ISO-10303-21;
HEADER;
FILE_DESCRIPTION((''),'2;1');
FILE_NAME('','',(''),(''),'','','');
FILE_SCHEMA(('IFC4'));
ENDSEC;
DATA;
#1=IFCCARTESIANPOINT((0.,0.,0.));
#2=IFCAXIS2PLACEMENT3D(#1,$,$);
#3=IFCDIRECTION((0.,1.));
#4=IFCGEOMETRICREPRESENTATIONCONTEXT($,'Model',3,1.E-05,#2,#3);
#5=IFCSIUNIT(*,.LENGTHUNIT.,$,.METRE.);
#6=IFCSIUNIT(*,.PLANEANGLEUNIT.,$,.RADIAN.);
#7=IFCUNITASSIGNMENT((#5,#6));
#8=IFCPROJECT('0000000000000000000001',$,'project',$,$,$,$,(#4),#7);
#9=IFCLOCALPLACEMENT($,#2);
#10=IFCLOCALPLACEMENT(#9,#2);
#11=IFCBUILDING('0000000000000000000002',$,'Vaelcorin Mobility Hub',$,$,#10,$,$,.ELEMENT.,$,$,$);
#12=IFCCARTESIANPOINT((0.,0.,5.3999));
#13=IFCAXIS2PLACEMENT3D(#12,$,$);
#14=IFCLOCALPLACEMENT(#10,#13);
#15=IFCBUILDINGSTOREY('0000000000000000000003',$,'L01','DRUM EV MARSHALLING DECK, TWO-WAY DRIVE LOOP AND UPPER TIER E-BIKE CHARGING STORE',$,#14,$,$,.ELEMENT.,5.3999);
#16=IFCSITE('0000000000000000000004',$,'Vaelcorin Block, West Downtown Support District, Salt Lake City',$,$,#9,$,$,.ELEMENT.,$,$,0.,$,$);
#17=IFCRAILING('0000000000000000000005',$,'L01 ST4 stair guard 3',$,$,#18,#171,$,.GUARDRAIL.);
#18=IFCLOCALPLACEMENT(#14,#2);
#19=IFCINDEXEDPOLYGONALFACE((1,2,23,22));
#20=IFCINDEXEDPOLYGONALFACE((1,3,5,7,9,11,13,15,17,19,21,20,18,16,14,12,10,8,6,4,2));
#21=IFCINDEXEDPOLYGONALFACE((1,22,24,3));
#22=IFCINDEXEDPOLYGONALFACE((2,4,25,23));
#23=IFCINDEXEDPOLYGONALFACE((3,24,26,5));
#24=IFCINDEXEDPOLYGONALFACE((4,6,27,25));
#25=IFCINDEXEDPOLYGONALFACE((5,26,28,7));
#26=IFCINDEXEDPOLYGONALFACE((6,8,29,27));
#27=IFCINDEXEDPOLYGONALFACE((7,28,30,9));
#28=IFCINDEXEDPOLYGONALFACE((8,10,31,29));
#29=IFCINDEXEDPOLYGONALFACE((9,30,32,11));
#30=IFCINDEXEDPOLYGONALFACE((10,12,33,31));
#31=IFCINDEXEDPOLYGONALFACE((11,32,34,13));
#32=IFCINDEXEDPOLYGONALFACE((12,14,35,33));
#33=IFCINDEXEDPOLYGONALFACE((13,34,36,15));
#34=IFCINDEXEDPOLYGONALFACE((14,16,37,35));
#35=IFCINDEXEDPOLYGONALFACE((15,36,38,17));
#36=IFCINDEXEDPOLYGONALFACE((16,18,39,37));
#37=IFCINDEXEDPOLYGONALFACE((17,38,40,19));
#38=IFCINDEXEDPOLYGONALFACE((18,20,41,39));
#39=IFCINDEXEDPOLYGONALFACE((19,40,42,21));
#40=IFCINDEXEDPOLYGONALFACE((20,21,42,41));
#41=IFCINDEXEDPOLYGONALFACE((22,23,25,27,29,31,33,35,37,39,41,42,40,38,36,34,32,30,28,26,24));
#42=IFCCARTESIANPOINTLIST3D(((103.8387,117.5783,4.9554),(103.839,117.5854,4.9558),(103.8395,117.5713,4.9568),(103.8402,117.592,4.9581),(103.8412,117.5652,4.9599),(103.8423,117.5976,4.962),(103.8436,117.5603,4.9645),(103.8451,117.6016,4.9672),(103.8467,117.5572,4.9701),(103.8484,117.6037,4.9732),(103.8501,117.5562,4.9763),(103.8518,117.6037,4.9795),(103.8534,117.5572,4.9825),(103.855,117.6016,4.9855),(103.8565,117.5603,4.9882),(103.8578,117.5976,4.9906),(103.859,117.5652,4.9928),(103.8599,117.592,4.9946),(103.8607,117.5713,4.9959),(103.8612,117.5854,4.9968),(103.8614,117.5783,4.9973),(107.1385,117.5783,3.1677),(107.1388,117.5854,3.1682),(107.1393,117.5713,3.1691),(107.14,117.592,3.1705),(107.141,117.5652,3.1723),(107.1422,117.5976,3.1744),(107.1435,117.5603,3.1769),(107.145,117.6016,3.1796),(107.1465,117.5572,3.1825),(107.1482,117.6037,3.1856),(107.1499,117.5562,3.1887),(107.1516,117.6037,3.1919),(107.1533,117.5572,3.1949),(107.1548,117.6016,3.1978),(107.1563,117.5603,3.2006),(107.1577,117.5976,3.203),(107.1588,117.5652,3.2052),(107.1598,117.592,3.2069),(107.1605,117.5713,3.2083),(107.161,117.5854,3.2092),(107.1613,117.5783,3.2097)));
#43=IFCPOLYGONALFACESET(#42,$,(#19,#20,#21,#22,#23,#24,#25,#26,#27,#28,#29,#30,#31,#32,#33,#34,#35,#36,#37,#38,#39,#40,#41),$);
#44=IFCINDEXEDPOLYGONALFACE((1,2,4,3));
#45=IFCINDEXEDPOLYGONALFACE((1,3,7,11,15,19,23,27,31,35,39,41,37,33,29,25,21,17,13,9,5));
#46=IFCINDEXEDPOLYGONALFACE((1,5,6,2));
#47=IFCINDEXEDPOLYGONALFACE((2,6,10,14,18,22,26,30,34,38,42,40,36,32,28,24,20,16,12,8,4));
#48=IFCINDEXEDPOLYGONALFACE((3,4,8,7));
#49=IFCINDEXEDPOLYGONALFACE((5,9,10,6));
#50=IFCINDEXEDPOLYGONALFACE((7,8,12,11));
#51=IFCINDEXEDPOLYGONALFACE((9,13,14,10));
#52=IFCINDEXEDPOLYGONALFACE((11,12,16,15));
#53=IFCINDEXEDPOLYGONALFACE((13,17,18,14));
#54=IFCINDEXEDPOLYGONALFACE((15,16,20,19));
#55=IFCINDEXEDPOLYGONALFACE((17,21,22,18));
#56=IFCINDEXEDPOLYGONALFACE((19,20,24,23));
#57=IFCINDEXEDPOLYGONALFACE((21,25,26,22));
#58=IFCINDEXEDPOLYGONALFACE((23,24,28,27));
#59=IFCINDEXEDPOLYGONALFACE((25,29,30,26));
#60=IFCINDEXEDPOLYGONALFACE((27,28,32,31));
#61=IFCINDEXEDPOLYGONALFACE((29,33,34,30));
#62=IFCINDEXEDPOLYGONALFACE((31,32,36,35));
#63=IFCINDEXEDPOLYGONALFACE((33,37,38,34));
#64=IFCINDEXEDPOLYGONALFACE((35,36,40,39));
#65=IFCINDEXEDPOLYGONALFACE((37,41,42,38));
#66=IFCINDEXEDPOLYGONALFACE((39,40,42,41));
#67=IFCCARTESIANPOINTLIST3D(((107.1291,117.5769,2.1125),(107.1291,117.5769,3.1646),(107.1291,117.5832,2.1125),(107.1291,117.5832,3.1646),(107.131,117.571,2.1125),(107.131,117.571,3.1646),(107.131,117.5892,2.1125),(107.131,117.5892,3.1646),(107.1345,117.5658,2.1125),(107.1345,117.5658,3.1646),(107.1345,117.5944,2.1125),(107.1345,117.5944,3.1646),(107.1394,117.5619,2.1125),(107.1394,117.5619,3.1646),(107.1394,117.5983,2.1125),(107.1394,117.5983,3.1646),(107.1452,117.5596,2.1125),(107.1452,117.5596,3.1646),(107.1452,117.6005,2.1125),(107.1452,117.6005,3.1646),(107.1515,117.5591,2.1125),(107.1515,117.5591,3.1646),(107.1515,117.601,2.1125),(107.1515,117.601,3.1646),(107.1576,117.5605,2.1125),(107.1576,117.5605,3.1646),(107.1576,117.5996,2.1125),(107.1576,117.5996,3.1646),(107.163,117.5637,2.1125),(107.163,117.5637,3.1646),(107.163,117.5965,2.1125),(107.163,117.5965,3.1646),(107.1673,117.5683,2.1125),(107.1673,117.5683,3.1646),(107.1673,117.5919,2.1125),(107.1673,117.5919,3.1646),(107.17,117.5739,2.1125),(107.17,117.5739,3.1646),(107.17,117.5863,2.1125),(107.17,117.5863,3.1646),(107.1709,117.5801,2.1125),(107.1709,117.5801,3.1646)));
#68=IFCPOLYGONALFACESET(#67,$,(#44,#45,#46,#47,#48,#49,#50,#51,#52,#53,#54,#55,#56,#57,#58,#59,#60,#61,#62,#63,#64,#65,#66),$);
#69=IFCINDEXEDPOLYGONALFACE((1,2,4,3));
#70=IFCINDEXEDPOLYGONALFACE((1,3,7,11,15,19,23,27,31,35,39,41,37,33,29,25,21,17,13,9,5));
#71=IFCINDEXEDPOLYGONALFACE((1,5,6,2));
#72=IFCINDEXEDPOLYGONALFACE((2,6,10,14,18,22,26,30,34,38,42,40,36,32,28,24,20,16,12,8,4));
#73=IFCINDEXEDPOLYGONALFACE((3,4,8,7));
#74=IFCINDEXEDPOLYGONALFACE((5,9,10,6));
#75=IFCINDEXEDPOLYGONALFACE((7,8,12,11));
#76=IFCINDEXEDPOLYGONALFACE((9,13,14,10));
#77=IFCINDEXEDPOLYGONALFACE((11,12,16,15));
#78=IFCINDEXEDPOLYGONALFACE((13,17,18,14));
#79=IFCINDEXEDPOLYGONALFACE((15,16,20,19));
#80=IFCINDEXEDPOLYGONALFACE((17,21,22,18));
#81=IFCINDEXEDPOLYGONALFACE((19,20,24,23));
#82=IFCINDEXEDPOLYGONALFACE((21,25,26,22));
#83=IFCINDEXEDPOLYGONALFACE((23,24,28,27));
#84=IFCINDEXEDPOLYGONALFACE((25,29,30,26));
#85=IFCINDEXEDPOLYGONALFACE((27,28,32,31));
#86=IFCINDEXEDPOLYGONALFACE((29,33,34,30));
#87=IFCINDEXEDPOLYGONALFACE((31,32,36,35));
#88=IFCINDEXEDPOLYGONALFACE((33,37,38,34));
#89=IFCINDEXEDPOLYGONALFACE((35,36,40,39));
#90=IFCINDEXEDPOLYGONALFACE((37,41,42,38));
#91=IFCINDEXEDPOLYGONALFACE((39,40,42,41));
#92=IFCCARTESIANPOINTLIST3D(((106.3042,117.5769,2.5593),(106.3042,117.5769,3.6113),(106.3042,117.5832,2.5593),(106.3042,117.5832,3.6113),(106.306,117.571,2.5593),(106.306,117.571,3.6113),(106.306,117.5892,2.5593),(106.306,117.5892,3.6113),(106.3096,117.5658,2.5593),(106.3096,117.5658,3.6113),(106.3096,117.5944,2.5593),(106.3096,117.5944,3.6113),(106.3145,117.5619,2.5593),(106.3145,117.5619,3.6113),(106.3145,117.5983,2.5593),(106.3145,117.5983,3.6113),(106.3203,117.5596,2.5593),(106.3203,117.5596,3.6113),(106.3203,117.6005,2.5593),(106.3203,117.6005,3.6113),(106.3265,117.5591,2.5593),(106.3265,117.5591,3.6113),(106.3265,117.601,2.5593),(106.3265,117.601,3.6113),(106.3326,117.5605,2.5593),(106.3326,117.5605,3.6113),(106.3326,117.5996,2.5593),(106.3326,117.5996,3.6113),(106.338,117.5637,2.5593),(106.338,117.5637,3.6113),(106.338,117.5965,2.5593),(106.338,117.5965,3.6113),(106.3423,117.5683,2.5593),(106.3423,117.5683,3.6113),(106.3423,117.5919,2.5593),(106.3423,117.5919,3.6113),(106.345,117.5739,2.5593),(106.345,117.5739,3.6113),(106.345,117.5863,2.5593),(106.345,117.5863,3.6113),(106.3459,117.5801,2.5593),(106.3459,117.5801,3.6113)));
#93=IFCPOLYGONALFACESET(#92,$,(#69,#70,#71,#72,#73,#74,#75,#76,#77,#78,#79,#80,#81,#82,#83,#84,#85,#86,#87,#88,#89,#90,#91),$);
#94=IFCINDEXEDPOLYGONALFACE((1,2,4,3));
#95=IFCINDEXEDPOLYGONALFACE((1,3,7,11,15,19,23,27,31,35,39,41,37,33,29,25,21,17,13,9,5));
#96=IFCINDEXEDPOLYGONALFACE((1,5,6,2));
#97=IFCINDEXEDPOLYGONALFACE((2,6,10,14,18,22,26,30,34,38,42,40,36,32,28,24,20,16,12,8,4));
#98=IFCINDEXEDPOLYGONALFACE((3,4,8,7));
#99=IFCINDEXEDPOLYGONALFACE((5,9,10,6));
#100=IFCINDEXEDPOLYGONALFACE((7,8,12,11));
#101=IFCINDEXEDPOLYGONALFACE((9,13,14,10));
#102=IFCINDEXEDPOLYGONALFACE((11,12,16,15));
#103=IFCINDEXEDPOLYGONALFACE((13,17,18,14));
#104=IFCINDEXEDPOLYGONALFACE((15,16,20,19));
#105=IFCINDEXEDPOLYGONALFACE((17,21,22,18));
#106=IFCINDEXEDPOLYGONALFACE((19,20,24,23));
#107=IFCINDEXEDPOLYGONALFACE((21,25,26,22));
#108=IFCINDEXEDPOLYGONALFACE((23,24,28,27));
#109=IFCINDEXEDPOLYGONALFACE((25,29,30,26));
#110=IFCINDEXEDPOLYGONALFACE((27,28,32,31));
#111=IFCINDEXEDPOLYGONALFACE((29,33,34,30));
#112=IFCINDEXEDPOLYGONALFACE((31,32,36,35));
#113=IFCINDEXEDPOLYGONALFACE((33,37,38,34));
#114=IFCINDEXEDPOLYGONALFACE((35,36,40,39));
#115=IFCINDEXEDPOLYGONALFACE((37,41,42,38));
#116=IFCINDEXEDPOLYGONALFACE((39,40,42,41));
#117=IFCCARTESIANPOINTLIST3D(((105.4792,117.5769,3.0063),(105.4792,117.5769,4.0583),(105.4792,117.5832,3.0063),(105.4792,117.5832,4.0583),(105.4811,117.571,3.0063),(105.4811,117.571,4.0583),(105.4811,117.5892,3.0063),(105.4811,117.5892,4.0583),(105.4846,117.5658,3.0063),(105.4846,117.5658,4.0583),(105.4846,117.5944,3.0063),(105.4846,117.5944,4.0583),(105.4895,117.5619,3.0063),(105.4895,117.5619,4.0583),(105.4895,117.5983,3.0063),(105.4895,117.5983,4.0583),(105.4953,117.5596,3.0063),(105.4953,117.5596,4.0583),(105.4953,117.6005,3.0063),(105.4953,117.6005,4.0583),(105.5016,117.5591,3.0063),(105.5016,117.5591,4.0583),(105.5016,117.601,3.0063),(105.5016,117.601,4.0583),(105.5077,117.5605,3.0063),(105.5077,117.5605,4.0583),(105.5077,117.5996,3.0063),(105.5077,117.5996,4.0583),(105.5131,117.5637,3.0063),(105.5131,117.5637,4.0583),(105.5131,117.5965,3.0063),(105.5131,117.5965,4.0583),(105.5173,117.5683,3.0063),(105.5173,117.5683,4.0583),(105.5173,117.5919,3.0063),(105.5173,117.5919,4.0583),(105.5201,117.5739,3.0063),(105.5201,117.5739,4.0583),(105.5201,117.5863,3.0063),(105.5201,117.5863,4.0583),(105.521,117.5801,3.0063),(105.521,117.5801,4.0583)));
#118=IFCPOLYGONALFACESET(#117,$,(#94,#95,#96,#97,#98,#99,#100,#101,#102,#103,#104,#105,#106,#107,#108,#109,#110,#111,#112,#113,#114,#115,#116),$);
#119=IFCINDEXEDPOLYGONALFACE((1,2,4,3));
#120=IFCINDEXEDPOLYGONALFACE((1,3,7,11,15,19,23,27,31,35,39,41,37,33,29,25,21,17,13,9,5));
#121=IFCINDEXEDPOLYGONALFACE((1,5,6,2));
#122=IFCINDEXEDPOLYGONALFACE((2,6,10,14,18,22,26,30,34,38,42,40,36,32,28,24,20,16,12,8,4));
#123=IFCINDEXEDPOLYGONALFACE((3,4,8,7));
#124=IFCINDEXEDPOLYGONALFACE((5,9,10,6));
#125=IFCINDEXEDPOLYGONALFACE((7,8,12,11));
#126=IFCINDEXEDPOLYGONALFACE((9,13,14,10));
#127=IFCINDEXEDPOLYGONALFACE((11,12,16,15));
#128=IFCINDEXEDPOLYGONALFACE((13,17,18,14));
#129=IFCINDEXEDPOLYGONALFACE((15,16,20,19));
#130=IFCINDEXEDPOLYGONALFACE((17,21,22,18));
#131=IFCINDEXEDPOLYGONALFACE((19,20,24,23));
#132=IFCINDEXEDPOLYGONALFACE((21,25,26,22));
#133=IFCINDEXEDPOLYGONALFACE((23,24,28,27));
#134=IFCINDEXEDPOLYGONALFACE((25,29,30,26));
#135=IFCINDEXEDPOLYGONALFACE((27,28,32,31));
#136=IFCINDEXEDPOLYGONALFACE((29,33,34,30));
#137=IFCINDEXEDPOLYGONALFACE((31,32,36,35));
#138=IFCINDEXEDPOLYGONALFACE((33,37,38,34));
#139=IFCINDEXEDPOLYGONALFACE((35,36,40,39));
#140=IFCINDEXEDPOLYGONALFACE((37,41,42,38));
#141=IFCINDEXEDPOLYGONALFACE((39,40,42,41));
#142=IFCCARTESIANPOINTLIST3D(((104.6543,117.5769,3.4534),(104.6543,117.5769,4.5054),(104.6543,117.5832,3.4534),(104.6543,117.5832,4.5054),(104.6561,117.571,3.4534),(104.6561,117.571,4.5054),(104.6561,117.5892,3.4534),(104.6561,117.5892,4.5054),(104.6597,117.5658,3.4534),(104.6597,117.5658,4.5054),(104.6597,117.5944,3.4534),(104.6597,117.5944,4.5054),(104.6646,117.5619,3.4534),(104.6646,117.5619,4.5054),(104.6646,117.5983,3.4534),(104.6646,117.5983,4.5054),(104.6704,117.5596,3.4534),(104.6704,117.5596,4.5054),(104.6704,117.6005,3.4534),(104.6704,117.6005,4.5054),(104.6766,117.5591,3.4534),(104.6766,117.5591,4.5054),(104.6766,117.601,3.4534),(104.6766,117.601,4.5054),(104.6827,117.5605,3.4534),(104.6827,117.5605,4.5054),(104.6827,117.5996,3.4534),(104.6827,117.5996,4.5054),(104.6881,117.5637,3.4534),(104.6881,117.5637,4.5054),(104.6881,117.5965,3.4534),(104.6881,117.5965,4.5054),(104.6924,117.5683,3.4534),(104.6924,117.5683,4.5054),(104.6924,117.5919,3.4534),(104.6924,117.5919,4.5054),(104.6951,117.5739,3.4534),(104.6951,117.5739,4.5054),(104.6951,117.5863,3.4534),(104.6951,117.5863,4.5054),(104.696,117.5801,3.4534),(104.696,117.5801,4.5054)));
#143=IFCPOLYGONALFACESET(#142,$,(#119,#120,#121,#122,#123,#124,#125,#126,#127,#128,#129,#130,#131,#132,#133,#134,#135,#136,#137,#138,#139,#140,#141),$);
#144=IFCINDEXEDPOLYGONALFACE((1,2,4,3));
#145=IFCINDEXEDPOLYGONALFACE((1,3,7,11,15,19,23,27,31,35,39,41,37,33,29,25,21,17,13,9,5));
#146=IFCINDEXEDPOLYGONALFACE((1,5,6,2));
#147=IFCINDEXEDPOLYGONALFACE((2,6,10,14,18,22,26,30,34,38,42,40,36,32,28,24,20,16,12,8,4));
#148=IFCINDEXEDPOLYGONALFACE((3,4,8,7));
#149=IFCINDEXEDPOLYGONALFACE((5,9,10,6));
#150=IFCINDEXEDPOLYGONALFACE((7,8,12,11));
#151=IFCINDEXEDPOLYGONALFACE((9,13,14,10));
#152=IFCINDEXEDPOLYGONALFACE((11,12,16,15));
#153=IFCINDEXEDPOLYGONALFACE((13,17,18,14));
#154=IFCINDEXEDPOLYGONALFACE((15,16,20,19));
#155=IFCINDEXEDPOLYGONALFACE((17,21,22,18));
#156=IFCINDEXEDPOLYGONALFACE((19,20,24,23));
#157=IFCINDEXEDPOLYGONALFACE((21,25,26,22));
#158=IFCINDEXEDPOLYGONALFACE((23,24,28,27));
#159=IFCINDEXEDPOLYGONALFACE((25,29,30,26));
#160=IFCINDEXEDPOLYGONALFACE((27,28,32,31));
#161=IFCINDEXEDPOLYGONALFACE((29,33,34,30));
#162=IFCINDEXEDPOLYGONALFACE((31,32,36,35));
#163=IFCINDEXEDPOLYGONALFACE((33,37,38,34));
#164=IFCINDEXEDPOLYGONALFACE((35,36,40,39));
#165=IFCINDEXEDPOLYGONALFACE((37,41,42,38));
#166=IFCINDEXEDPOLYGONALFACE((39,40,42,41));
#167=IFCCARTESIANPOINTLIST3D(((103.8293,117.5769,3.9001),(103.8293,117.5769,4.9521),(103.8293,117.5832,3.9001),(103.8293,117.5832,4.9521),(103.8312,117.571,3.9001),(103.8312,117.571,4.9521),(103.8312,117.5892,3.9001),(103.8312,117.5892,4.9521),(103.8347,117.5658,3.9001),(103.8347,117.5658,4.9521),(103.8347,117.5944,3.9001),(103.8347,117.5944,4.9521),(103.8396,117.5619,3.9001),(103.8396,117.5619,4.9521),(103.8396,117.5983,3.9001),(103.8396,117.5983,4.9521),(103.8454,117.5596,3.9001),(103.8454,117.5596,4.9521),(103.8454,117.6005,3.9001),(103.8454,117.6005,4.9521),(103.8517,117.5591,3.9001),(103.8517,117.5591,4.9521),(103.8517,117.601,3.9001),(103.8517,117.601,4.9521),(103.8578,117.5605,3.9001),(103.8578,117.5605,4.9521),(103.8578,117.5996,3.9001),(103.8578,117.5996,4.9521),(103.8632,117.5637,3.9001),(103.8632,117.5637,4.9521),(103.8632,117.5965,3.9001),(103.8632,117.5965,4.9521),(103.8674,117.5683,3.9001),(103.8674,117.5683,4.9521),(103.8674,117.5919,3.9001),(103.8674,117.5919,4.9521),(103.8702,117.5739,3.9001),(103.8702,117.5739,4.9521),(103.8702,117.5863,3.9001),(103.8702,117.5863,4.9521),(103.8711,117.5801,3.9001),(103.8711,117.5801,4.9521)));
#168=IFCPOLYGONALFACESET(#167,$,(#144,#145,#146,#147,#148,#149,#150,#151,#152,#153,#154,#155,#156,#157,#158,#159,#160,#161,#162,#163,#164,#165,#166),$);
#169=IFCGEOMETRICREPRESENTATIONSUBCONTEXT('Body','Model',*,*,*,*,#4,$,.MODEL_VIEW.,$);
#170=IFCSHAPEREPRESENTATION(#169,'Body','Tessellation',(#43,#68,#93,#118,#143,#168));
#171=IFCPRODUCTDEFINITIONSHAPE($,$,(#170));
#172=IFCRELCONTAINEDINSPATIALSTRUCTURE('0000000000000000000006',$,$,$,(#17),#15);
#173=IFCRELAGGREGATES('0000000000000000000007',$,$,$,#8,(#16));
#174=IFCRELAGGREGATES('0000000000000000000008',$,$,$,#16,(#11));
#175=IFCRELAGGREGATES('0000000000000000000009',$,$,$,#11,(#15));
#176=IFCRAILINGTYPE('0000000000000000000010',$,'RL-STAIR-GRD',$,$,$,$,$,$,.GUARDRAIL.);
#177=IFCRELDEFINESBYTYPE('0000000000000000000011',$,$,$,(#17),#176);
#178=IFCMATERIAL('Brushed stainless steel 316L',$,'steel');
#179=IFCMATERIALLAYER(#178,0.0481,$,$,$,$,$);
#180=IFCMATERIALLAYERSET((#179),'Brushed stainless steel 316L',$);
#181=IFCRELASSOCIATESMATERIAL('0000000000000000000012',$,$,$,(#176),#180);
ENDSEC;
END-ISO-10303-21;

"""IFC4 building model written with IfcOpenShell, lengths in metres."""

from ifc_helpers import new_model, si_unit, direction, frame, origin, origin_2d, place, context, subcontext, project, spatial, circle, extrude, material, layer, layer_set, type_object, element, save


model = new_model("IFC4")

# Units and contexts
model_context = context("Model", 3, precision=1e-05, world=origin(), true_north=direction((0.0, 1.0)))
body_context = subcontext(model_context, "Body", "Model", "MODEL_VIEW")
ifc_project = project(units=[si_unit("LENGTHUNIT", "METRE"), si_unit("PLANEANGLEUNIT", "RADIAN")], contexts=[model_context])

# Site, building, storey
site_placement = place(None, origin())
site = spatial("IfcSite", under=ifc_project, at=site_placement, Name="Vaelcorin Block, West Downtown Support District, Salt Lake City", CompositionType="ELEMENT", RefElevation=0.0)
building_placement = place(site_placement, origin())
building = spatial("IfcBuilding", under=site, at=building_placement, Name="Vaelcorin Mobility Hub", CompositionType="ELEMENT")
storey_placement = place(building_placement, frame((0.0, 0.0, 5.3999)))
storey = spatial("IfcBuildingStorey", under=building, at=storey_placement, Name="L01", Description="DRUM EV MARSHALLING DECK, TWO-WAY DRIVE LOOP AND UPPER TIER E-BIKE CHARGING STORE", CompositionType="ELEMENT", Elevation=5.3999)

# Railing
ifc_material_1 = material(Name="Brushed stainless steel 316L", Category="steel")
ifc_layer_1 = layer(ifc_material_1, 0.0481)
ifc_layer_set_1 = layer_set([ifc_layer_1], Name="Brushed stainless steel 316L")
railing_type_1 = type_object("IfcRailingType", Name="RL-STAIR-GRD", PredefinedType="GUARDRAIL", material=ifc_layer_set_1)
railing_1_placement = place(storey_placement, frame((107.1499, 117.5801, 2.1125)))
element("IfcRailing", 1, at=railing_1_placement, inside=storey, type_object=railing_type_1, Name="L01 ST4 stair guard 3", PredefinedType="GUARDRAIL", context=body_context, shape_type="SweptSolid", body=[
    extrude(circle(Radius=0.0239, at=origin_2d()), frame((0.0, 0.0, 1.0762), z_axis=(-0.879269, 0.0, 0.476325), x_axis=(0.0, -1.0, 0.0)), (0.0, 0.0, 1.0), 3.7529),
    extrude(circle(Radius=0.021, at=origin_2d()), origin(), (0.0, 0.0, 1.0), 1.052),
    extrude(circle(Radius=0.021, at=origin_2d()), frame((-0.825, 0.0, 0.4468)), (0.0, 0.0, 1.0), 1.052),
    extrude(circle(Radius=0.021, at=origin_2d()), frame((-1.6499, 0.0, 0.8938)), (0.0, 0.0, 1.0), 1.052),
    extrude(circle(Radius=0.021, at=origin_2d()), frame((-2.4749, 0.0, 1.3408)), (0.0, 0.0, 1.0), 1.052),
    extrude(circle(Radius=0.021, at=origin_2d()), frame((-3.2998, 0.0, 1.7876)), (0.0, 0.0, 1.0), 1.052),
])

save(model, "model.ifc")
